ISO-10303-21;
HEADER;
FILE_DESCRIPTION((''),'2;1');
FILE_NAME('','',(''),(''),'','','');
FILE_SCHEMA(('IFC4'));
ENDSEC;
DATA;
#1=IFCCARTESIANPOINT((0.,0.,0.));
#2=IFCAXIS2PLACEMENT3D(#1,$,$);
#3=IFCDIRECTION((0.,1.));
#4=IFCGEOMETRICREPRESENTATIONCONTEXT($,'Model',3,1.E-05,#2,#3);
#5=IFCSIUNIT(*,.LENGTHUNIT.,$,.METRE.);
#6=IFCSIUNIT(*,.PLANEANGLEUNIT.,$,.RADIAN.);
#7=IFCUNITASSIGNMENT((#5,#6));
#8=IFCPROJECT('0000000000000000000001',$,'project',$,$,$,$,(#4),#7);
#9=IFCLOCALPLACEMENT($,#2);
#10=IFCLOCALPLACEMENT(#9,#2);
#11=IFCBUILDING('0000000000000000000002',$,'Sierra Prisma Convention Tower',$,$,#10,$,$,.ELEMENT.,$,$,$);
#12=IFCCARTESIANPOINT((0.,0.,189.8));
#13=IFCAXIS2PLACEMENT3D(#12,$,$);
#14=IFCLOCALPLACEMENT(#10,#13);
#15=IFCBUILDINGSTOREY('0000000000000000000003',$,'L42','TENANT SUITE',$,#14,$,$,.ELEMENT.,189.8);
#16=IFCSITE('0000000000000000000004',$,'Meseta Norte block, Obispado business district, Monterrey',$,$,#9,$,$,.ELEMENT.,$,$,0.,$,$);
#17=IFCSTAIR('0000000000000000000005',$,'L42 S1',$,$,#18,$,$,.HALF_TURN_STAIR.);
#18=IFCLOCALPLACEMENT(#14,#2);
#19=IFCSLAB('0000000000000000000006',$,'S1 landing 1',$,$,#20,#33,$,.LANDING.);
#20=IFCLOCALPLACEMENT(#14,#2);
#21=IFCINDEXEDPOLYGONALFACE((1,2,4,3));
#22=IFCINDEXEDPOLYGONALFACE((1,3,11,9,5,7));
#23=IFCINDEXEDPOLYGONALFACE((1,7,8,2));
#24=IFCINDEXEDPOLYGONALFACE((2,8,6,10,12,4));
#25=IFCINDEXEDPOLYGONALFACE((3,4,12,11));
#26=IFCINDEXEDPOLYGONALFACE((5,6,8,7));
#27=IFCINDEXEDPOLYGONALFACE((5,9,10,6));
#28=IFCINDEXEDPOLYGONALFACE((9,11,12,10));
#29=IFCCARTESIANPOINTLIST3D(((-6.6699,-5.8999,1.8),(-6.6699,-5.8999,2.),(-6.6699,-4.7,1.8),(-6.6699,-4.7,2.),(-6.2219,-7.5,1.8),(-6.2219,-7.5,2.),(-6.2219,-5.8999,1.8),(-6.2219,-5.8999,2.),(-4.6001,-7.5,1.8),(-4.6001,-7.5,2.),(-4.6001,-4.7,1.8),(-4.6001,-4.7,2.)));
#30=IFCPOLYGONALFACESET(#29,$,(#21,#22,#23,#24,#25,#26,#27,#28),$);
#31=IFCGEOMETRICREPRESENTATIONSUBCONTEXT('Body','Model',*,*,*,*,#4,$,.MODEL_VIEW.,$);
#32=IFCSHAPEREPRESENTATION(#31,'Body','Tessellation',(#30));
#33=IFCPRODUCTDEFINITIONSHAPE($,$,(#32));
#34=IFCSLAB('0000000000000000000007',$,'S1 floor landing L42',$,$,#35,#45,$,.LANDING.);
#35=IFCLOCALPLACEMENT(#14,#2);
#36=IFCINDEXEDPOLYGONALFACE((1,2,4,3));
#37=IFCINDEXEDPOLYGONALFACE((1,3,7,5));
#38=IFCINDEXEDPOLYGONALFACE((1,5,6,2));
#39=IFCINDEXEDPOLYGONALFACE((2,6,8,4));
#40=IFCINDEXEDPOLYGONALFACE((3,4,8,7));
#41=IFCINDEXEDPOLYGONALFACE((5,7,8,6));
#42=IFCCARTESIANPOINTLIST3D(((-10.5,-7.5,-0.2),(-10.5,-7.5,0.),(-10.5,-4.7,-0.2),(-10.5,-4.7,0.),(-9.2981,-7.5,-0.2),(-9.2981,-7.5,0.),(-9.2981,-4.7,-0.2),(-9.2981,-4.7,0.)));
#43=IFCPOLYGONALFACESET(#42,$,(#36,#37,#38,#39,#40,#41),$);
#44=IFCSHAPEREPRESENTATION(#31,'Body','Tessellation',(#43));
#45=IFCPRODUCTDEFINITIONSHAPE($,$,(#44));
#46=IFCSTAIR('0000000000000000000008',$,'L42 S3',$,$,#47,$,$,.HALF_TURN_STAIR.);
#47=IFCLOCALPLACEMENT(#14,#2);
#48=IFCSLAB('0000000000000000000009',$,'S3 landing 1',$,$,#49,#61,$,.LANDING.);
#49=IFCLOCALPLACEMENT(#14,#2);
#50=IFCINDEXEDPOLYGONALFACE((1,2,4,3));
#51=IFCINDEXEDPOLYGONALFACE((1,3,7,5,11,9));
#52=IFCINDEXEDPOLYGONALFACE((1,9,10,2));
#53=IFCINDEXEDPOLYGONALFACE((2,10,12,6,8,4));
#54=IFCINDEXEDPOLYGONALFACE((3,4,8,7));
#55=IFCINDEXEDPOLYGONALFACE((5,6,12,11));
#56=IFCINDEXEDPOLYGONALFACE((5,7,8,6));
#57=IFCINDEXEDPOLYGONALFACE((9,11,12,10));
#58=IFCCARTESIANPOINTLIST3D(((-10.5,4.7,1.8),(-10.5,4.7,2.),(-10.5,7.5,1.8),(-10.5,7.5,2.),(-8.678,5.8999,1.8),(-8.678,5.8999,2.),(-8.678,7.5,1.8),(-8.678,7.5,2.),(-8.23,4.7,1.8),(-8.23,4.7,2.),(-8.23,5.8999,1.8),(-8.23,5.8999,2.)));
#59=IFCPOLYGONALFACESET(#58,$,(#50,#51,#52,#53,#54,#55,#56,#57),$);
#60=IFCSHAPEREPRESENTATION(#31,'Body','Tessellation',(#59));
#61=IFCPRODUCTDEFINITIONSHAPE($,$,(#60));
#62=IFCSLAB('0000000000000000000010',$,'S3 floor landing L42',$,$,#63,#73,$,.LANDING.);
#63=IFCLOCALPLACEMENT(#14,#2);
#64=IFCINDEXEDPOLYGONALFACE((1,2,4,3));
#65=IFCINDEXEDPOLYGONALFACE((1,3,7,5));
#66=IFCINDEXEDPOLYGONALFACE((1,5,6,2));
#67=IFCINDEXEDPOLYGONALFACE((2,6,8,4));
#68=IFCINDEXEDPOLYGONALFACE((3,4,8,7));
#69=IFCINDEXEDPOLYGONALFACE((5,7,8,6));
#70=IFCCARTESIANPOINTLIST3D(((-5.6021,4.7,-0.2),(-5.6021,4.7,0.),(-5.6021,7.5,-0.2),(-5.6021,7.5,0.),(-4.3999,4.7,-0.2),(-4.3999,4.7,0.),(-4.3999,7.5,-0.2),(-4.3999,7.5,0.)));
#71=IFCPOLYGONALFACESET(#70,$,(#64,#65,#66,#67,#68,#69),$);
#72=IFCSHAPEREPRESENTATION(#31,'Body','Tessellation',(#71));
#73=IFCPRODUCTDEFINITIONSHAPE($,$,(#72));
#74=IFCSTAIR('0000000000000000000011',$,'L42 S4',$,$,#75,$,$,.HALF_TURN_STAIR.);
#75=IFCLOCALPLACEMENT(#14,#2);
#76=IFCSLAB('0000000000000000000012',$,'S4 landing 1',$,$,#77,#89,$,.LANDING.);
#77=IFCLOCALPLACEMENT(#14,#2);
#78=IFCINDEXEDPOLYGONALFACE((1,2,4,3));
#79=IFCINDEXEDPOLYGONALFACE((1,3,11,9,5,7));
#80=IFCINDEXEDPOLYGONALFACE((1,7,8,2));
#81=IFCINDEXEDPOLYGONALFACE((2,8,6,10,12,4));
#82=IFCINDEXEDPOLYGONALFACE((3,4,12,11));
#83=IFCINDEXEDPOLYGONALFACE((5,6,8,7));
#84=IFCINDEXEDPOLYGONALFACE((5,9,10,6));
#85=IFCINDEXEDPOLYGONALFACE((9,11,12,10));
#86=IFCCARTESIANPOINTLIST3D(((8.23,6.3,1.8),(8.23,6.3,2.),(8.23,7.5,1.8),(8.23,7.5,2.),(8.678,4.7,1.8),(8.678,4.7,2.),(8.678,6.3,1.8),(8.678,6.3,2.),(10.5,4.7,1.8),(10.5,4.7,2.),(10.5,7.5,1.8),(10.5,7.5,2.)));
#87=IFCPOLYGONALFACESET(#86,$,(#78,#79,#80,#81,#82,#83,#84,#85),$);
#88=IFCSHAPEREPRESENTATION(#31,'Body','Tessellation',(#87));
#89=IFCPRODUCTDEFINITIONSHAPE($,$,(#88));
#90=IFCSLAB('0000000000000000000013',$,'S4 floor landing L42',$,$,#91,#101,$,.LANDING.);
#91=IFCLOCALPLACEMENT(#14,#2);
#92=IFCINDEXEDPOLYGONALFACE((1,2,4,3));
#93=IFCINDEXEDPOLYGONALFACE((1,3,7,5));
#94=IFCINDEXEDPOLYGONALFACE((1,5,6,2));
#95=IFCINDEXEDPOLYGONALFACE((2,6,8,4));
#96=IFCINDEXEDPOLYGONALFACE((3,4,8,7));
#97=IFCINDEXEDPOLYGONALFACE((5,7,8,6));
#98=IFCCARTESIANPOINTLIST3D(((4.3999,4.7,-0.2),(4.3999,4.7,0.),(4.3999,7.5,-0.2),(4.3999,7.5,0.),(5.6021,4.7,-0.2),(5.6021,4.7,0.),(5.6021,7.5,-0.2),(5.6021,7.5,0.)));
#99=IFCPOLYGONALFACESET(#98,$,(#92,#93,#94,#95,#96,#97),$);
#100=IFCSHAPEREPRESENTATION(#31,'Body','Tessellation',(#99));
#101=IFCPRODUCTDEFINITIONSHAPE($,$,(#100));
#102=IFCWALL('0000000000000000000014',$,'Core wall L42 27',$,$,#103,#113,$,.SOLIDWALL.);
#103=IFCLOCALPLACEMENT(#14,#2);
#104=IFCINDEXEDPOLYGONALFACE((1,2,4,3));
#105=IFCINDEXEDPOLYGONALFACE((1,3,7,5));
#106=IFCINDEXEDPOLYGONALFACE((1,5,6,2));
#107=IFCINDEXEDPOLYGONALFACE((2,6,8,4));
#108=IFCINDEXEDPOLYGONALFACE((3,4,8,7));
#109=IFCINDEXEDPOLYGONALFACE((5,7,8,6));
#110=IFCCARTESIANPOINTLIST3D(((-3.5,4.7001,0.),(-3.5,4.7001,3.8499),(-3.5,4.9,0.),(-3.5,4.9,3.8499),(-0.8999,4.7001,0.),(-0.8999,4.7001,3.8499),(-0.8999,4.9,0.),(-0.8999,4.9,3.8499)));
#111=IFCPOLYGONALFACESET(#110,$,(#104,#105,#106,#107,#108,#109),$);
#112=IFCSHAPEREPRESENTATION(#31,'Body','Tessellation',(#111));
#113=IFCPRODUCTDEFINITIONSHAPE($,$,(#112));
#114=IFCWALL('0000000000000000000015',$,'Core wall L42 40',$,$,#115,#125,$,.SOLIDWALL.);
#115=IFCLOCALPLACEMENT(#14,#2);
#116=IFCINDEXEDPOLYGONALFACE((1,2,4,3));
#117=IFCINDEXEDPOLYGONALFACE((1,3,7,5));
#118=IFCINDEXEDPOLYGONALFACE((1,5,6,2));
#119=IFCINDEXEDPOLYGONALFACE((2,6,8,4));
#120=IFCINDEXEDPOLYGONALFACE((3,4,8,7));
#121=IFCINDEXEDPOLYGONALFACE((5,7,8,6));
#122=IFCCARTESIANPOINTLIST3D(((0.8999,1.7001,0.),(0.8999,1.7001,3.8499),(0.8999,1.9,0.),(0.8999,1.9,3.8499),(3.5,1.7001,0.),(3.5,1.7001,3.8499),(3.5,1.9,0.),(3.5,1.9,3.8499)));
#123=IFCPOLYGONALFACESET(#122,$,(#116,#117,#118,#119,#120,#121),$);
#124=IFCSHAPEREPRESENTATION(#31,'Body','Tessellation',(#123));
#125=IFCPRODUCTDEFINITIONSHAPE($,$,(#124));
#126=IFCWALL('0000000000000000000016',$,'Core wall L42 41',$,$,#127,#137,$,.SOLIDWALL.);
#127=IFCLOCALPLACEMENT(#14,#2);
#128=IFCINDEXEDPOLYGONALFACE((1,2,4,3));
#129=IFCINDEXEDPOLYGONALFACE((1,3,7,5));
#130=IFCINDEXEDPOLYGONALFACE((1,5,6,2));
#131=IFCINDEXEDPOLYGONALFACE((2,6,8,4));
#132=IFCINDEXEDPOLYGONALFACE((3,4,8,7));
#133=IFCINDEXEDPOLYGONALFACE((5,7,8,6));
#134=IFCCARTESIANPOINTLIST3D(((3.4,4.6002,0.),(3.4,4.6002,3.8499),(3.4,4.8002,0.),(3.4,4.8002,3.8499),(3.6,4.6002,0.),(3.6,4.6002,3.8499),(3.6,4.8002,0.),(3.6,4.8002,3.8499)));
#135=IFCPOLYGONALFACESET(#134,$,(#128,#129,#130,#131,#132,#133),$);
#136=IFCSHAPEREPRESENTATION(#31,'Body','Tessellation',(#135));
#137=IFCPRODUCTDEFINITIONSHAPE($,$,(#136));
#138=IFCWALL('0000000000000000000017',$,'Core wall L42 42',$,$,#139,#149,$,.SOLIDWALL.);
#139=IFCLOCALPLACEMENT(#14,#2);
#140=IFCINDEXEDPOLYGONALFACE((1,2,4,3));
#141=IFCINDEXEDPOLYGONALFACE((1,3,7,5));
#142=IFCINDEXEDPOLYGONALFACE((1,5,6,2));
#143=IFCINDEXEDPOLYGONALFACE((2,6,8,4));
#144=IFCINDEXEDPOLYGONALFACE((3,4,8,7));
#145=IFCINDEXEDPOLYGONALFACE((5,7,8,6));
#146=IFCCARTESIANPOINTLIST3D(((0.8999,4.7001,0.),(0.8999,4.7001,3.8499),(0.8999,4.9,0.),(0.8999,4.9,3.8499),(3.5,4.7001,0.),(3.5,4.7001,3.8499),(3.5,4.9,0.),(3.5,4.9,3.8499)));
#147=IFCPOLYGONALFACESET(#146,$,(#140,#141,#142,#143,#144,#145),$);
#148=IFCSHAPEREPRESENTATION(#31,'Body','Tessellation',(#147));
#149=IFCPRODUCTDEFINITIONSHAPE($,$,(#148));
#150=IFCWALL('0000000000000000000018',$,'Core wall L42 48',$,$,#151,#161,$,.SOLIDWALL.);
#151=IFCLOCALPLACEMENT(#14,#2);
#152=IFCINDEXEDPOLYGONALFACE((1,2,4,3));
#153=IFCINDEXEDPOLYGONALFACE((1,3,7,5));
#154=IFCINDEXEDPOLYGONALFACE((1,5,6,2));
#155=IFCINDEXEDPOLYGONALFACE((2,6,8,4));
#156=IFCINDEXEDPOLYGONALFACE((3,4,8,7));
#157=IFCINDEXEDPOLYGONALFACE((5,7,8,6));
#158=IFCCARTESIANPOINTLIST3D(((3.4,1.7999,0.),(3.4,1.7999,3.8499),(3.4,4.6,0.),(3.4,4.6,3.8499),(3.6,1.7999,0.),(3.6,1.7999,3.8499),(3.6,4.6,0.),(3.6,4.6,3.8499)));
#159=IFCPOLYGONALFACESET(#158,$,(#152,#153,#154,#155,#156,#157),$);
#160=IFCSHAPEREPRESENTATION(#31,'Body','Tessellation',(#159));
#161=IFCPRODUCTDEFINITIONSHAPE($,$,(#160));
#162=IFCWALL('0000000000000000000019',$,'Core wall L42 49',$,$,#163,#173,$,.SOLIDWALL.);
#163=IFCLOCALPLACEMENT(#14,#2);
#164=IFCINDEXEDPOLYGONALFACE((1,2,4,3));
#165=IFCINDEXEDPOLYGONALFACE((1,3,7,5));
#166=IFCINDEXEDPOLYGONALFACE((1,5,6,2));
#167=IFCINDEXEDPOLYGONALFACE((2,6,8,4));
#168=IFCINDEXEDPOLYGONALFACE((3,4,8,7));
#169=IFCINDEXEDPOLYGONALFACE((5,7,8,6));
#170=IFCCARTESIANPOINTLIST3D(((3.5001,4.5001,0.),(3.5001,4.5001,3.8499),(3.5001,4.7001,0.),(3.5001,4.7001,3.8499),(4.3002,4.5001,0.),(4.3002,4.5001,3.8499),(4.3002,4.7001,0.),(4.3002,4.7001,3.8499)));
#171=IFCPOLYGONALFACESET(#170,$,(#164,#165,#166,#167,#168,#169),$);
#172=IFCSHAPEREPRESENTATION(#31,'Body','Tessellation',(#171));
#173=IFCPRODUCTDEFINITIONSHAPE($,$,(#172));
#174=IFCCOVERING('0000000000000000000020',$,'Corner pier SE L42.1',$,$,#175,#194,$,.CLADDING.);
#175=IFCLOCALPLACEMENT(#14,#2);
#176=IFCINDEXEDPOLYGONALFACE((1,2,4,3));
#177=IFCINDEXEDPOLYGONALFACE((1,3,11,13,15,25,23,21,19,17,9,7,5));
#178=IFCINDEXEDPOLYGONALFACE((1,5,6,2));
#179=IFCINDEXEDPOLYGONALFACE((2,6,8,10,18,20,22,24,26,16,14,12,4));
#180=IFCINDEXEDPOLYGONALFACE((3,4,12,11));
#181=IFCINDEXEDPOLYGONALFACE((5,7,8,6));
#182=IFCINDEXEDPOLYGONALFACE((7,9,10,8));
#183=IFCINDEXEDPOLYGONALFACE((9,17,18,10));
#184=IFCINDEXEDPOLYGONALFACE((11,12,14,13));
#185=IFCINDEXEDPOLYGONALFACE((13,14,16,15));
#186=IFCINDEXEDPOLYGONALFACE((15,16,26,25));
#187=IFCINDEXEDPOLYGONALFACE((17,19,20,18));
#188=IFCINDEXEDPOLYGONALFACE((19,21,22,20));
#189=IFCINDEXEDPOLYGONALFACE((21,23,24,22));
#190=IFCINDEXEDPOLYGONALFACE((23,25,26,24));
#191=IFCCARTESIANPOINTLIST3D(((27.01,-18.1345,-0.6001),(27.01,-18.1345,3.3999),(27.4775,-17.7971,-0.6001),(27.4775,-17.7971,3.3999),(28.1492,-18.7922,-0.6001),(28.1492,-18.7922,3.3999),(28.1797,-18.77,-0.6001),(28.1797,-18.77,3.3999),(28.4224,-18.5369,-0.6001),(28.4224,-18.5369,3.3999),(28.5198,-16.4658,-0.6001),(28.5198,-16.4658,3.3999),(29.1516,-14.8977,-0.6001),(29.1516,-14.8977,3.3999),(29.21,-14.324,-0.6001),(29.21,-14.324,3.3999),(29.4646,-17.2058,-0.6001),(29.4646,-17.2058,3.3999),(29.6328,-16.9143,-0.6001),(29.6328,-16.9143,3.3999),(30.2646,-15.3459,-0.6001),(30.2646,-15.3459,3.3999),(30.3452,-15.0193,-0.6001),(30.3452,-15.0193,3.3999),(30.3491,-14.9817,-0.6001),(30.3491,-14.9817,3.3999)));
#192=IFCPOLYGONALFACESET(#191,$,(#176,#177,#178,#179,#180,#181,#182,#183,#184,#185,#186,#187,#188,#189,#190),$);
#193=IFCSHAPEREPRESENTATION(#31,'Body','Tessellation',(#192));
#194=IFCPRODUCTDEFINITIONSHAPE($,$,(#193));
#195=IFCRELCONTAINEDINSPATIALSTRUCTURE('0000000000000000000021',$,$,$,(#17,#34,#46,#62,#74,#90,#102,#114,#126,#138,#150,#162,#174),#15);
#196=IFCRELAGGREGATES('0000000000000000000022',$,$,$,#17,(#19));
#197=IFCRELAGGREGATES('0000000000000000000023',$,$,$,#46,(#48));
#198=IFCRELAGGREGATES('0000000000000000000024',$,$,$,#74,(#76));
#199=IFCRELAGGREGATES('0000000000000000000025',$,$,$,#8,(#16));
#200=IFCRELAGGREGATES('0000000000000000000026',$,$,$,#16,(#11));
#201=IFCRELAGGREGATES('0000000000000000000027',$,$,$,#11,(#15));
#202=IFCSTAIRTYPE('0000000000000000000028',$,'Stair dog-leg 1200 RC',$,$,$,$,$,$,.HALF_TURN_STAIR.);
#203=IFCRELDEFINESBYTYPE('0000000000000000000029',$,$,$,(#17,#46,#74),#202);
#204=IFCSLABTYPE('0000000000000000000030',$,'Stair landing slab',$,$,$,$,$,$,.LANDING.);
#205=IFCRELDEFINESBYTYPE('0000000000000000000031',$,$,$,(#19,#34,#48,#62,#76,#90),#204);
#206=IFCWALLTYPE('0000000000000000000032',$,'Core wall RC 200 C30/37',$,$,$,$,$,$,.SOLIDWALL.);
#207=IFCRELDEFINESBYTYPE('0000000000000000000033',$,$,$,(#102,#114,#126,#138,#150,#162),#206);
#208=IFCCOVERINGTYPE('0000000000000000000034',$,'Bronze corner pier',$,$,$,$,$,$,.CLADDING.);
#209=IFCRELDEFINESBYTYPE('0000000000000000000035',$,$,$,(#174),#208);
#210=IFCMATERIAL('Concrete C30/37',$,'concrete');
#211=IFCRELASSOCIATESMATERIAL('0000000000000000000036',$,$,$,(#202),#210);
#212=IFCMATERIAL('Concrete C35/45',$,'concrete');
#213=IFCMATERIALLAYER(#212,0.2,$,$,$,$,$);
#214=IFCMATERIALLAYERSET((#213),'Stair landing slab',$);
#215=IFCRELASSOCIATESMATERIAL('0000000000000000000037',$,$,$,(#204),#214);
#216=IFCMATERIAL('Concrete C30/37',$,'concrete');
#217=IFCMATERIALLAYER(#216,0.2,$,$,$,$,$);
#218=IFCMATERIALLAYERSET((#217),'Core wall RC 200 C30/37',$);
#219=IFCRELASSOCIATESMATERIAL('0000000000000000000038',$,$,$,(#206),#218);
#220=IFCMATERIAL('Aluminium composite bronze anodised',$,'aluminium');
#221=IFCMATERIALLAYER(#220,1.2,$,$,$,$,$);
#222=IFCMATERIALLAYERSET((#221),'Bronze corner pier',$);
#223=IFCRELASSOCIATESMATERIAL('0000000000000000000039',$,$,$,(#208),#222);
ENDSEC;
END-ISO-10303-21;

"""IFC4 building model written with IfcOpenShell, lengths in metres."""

from ifc_helpers import new_model, si_unit, direction, frame, frame_2d, origin, place, context, subcontext, project, spatial, polyline, rectangle, outline, extrude, material, layer, layer_set, type_object, element, aggregate, save


model = new_model("IFC4")

# Units and contexts
model_context = context("Model", 3, precision=1e-05, world=origin(), true_north=direction((0.0, 1.0)))
body_context = subcontext(model_context, "Body", "Model", "MODEL_VIEW")
ifc_project = project(units=[si_unit("LENGTHUNIT", "METRE"), si_unit("PLANEANGLEUNIT", "RADIAN")], contexts=[model_context])

# Site, building, storey
site_placement = place(None, origin())
site = spatial("IfcSite", under=ifc_project, at=site_placement, Name="Meseta Norte block, Obispado business district, Monterrey", CompositionType="ELEMENT", RefElevation=0.0)
building_placement = place(site_placement, origin())
building = spatial("IfcBuilding", under=site, at=building_placement, Name="Sierra Prisma Convention Tower", CompositionType="ELEMENT")
storey_placement = place(building_placement, frame((0.0, 0.0, 189.8)))
storey = spatial("IfcBuildingStorey", under=building, at=storey_placement, Name="L42", Description="TENANT SUITE", CompositionType="ELEMENT", Elevation=189.8)

# Stair, slab
ifc_material_1 = material(Name="Concrete C30/37", Category="concrete")
stair_type = type_object("IfcStairType", Name="Stair dog-leg 1200 RC", PredefinedType="HALF_TURN_STAIR", material=ifc_material_1)
stair_1_placement = place(storey_placement, origin())
stair_1 = element("IfcStair", 1, at=stair_1_placement, inside=storey, type_object=stair_type, Name="L42 S1", PredefinedType="HALF_TURN_STAIR")
ifc_material_2 = material(Name="Concrete C35/45", Category="concrete")
ifc_layer_1 = layer(ifc_material_2, 0.2)
ifc_layer_set_1 = layer_set([ifc_layer_1], Name="Stair landing slab")
slab_type = type_object("IfcSlabType", Name="Stair landing slab", PredefinedType="LANDING", material=ifc_layer_set_1)
slab_1_placement = place(storey_placement, frame((0.0, 0.0, 1.8)))
slab_1 = element("IfcSlab", 2, at=slab_1_placement, type_object=slab_type, Name="S1 landing 1", PredefinedType="LANDING", context=body_context, shape_type="SweptSolid", body=[
    extrude(outline(polyline([(-4.6001, -4.7), (-4.6001, -7.5), (-6.2219, -7.5), (-6.2219, -5.8999), (-6.6699, -5.8999), (-6.6699, -4.7), (-4.6001, -4.7)])), origin(), (0.0, 0.0, 1.0), 0.2),
])
aggregate(stair_1, [slab_1])

# Slab
slab_2_placement = place(storey_placement, frame((0.0, 0.0, -0.2)))
element("IfcSlab", 3, at=slab_2_placement, inside=storey, type_object=slab_type, Name="S1 floor landing L42", PredefinedType="LANDING", context=body_context, shape_type="SweptSolid", body=[
    extrude(outline(polyline([(-10.5, -7.5), (-9.2981, -7.5), (-9.2981, -4.7), (-10.5, -4.7), (-10.5, -7.5)])), origin(), (0.0, 0.0, 1.0), 0.2),
])

# Stair, slab
stair_2_placement = place(storey_placement, origin())
stair_2 = element("IfcStair", 4, at=stair_2_placement, inside=storey, type_object=stair_type, Name="L42 S3", PredefinedType="HALF_TURN_STAIR")
slab_3_placement = place(storey_placement, frame((0.0, 0.0, 1.8)))
slab_3 = element("IfcSlab", 5, at=slab_3_placement, type_object=slab_type, Name="S3 landing 1", PredefinedType="LANDING", context=body_context, shape_type="SweptSolid", body=[
    extrude(outline(polyline([(-8.23, 5.8999), (-8.23, 4.7), (-10.5, 4.7), (-10.5, 7.5), (-8.678, 7.5), (-8.678, 5.8999), (-8.23, 5.8999)])), origin(), (0.0, 0.0, 1.0), 0.2),
])
aggregate(stair_2, [slab_3])

# Slab
slab_4_placement = place(storey_placement, frame((0.0, 0.0, -0.2)))
element("IfcSlab", 6, at=slab_4_placement, inside=storey, type_object=slab_type, Name="S3 floor landing L42", PredefinedType="LANDING", context=body_context, shape_type="SweptSolid", body=[
    extrude(outline(polyline([(-4.3999, 7.5), (-5.6021, 7.5), (-5.6021, 4.7), (-4.3999, 4.7), (-4.3999, 7.5)])), origin(), (0.0, 0.0, 1.0), 0.2),
])

# Stair, slab
stair_3_placement = place(storey_placement, origin())
stair_3 = element("IfcStair", 7, at=stair_3_placement, inside=storey, type_object=stair_type, Name="L42 S4", PredefinedType="HALF_TURN_STAIR")
slab_5_placement = place(storey_placement, frame((0.0, 0.0, 1.8)))
slab_5 = element("IfcSlab", 8, at=slab_5_placement, type_object=slab_type, Name="S4 landing 1", PredefinedType="LANDING", context=body_context, shape_type="SweptSolid", body=[
    extrude(outline(polyline([(10.5, 7.5), (10.5, 4.7), (8.678, 4.7), (8.678, 6.3), (8.23, 6.3), (8.23, 7.5), (10.5, 7.5)])), origin(), (0.0, 0.0, 1.0), 0.2),
])
aggregate(stair_3, [slab_5])

# Slab
slab_6_placement = place(storey_placement, frame((0.0, 0.0, -0.2)))
element("IfcSlab", 9, at=slab_6_placement, inside=storey, type_object=slab_type, Name="S4 floor landing L42", PredefinedType="LANDING", context=body_context, shape_type="SweptSolid", body=[
    extrude(outline(polyline([(4.3999, 4.7), (5.6021, 4.7), (5.6021, 7.5), (4.3999, 7.5), (4.3999, 4.7)])), origin(), (0.0, 0.0, 1.0), 0.2),
])

# Wall
ifc_material_3 = material(Name="Concrete C30/37", Category="concrete")
ifc_layer_2 = layer(ifc_material_3, 0.2)
ifc_layer_set_2 = layer_set([ifc_layer_2], Name="Core wall RC 200 C30/37")
wall_type = type_object("IfcWallType", Name="Core wall RC 200 C30/37", PredefinedType="SOLIDWALL", material=ifc_layer_set_2)
wall_1_placement = place(storey_placement, frame((-0.8999, 4.8, 0.0), z_axis=(0.0, 0.0, 1.0), x_axis=(-1.0, 0.0, 0.0)))
element("IfcWall", 10, at=wall_1_placement, inside=storey, type_object=wall_type, Name="Core wall L42 27", PredefinedType="SOLIDWALL", context=body_context, shape_type="SweptSolid", body=[
    extrude(rectangle(XDim=2.6001, YDim=0.2, at=frame_2d((1.3, 0.0))), origin(), (0.0, 0.0, 1.0), 3.8499),
])

# Walls
wall_2_placement = place(storey_placement, frame((3.5, 1.8, 0.0), z_axis=(0.0, 0.0, 1.0), x_axis=(-1.0, 0.0, 0.0)))
element("IfcWall", 11, at=wall_2_placement, inside=storey, type_object=wall_type, Name="Core wall L42 40", PredefinedType="SOLIDWALL", context=body_context, shape_type="SweptSolid", body=[
    extrude(rectangle(XDim=2.6001, YDim=0.2, at=frame_2d((1.3, 0.0))), origin(), (0.0, 0.0, 1.0), 3.8499),
])
wall_3_placement = place(storey_placement, frame((3.5, 4.6001, 0.0), z_axis=(0.0, 0.0, 1.0), x_axis=(0.0, 1.0, 0.0)))
element("IfcWall", 12, at=wall_3_placement, inside=storey, type_object=wall_type, Name="Core wall L42 41", PredefinedType="SOLIDWALL", context=body_context, shape_type="SweptSolid", body=[
    extrude(rectangle(XDim=0.2, YDim=0.2, at=frame_2d((0.1001, 0.0))), origin(), (0.0, 0.0, 1.0), 3.8499),
])
wall_4_placement = place(storey_placement, frame((3.5, 4.8, 0.0), z_axis=(0.0, 0.0, 1.0), x_axis=(-1.0, 0.0, 0.0)))
element("IfcWall", 13, at=wall_4_placement, inside=storey, type_object=wall_type, Name="Core wall L42 42", PredefinedType="SOLIDWALL", context=body_context, shape_type="SweptSolid", body=[
    extrude(rectangle(XDim=2.6001, YDim=0.2, at=frame_2d((1.3, 0.0))), origin(), (0.0, 0.0, 1.0), 3.8499),
])

# Walls
wall_5_placement = place(storey_placement, frame((3.5, 1.8, 0.0), z_axis=(0.0, 0.0, 1.0), x_axis=(0.0, 1.0, 0.0)))
element("IfcWall", 14, at=wall_5_placement, inside=storey, type_object=wall_type, Name="Core wall L42 48", PredefinedType="SOLIDWALL", context=body_context, shape_type="SweptSolid", body=[
    extrude(rectangle(XDim=2.8, YDim=0.2, at=frame_2d((1.3999, 0.0))), origin(), (0.0, 0.0, 1.0), 3.8499),
])
wall_6_placement = place(storey_placement, frame((4.3, 4.6001, 0.0), z_axis=(0.0, 0.0, 1.0), x_axis=(-1.0, 0.0, 0.0)))
element("IfcWall", 15, at=wall_6_placement, inside=storey, type_object=wall_type, Name="Core wall L42 49", PredefinedType="SOLIDWALL", context=body_context, shape_type="SweptSolid", body=[
    extrude(rectangle(XDim=0.8, YDim=0.2, at=frame_2d((0.3999, 0.0))), origin(), (0.0, 0.0, 1.0), 3.8499),
])

# Covering
ifc_material_4 = material(Name="Aluminium composite bronze anodised", Category="aluminium")
ifc_layer_3 = layer(ifc_material_4, 1.2)
ifc_layer_set_3 = layer_set([ifc_layer_3], Name="Bronze corner pier")
covering_type_1 = type_object("IfcCoveringType", Name="Bronze corner pier", PredefinedType="CLADDING", material=ifc_layer_set_3)
covering_1_placement = place(storey_placement, frame((0.0, 0.0, -0.6001)))
element("IfcCovering", 16, at=covering_1_placement, inside=storey, type_object=covering_type_1, Name="Corner pier SE L42.1", PredefinedType="CLADDING", context=body_context, shape_type="SweptSolid", body=[
    extrude(outline(polyline([(29.21, -14.324), (30.3491, -14.9817), (30.3452, -15.0193), (30.2646, -15.3459), (29.6328, -16.9143), (29.4646, -17.2058), (28.4224, -18.5369), (28.1797, -18.77), (28.1492, -18.7922), (27.01, -18.1345), (27.4775, -17.7971), (28.5198, -16.4658), (29.1516, -14.8977), (29.21, -14.324)])), origin(), (0.0, 0.0, 1.0), 4.0),
])

save(model, "model.ifc")
